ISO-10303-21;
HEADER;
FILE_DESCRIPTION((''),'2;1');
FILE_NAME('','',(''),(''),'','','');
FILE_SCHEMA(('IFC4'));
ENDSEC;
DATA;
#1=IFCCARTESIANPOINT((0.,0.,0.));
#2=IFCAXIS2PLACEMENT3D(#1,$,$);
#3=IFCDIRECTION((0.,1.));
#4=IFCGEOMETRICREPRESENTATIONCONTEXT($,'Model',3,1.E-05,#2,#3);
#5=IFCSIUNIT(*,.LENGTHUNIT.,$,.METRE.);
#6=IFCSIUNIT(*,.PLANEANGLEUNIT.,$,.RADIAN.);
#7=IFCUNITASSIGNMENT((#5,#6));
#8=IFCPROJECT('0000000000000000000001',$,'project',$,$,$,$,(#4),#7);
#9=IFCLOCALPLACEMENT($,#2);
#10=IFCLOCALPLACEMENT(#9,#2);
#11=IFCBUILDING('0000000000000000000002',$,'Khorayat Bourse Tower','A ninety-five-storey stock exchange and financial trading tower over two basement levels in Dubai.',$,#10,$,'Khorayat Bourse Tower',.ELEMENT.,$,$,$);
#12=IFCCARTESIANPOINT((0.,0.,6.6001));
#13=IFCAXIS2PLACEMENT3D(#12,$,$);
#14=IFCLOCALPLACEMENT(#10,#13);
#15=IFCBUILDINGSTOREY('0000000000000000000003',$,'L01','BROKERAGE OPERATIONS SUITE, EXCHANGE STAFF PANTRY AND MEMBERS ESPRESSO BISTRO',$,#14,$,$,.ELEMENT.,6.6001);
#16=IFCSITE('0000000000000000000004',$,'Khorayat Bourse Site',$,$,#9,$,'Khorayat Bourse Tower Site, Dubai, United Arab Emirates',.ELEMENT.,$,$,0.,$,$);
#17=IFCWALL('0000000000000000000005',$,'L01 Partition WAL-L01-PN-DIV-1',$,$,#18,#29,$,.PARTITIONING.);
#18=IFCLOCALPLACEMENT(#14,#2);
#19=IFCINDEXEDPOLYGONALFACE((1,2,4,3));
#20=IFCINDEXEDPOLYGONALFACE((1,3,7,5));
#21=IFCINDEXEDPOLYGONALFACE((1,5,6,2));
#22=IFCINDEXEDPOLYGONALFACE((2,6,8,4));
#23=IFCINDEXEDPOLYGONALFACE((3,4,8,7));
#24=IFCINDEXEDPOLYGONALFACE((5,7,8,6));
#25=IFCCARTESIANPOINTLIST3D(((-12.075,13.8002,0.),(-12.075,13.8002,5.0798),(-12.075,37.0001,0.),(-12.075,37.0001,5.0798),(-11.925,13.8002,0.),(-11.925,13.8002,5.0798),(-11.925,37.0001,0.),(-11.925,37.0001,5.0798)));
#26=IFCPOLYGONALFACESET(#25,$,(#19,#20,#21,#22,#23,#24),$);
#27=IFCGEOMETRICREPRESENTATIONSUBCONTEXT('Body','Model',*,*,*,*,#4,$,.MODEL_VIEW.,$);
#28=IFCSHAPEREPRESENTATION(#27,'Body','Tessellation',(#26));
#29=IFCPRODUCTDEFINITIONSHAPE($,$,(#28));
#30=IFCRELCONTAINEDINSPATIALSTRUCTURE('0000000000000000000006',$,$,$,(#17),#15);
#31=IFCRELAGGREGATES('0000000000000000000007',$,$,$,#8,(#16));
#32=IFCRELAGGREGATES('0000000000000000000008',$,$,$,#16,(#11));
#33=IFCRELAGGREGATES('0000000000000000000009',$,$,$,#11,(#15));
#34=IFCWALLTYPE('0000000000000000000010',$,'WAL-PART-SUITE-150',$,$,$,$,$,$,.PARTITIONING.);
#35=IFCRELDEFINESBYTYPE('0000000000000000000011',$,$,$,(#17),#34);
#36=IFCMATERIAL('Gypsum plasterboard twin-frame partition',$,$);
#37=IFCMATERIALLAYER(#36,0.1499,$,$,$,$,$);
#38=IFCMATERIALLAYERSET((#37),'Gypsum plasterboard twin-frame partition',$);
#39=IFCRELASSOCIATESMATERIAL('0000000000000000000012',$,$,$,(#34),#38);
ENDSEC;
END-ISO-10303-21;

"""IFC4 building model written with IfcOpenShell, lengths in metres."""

from ifc_helpers import new_model, si_unit, direction, frame, frame_2d, origin, place, context, subcontext, project, spatial, rectangle, extrude, source, transform, mapped, material, layer, layer_set, type_object, element, save


model = new_model("IFC4")

# Units and contexts
model_context = context("Model", 3, precision=1e-05, world=origin(), true_north=direction((0.0, 1.0)))
body_context = subcontext(model_context, "Body", "Model", "MODEL_VIEW")
ifc_project = project(units=[si_unit("LENGTHUNIT", "METRE"), si_unit("PLANEANGLEUNIT", "RADIAN")], contexts=[model_context])

# Site, building, storey
site_placement = place(None, origin())
site = spatial("IfcSite", under=ifc_project, at=site_placement, Name="Khorayat Bourse Site", LongName="Khorayat Bourse Tower Site, Dubai, United Arab Emirates", CompositionType="ELEMENT", RefElevation=0.0)
building_placement = place(site_placement, origin())
building = spatial("IfcBuilding", under=site, at=building_placement, Name="Khorayat Bourse Tower", Description="A ninety-five-storey stock exchange and financial trading tower over two basement levels in Dubai.", LongName="Khorayat Bourse Tower", CompositionType="ELEMENT")
storey_placement = place(building_placement, frame((0.0, 0.0, 6.6001)))
storey = spatial("IfcBuildingStorey", under=building, at=storey_placement, Name="L01", Description="BROKERAGE OPERATIONS SUITE, EXCHANGE STAFF PANTRY AND MEMBERS ESPRESSO BISTRO", CompositionType="ELEMENT", Elevation=6.6001)

# Wall
ifc_material_1 = material(Name="Gypsum plasterboard twin-frame partition")
ifc_layer_1 = layer(ifc_material_1, 0.1499)
ifc_layer_set_1 = layer_set([ifc_layer_1], Name="Gypsum plasterboard twin-frame partition")
wall_type_1 = type_object("IfcWallType", Name="WAL-PART-SUITE-150", PredefinedType="PARTITIONING", material=ifc_layer_set_1)
shared_shape_1 = source(origin(), body_context, "Body", "SweptSolid", [
    extrude(rectangle(XDim=23.2, YDim=0.1499, at=frame_2d((11.6001, 0.0))), origin(), (0.0, 0.0, 1.0), 5.0798),
])
wall_1_placement = place(storey_placement, frame((-12.0, 13.8, 0.0), z_axis=(0.0, 0.0, 1.0), x_axis=(0.0, 1.0, 0.0)))
element("IfcWall", 1, at=wall_1_placement, inside=storey, type_object=wall_type_1, Name="L01 Partition WAL-L01-PN-DIV-1", PredefinedType="PARTITIONING", context=body_context, shape_type="MappedRepresentation", body=[
    mapped(shared_shape_1, transform((0.0, 0.0, 0.0), scale=1.0)),
])

save(model, "model.ifc")
